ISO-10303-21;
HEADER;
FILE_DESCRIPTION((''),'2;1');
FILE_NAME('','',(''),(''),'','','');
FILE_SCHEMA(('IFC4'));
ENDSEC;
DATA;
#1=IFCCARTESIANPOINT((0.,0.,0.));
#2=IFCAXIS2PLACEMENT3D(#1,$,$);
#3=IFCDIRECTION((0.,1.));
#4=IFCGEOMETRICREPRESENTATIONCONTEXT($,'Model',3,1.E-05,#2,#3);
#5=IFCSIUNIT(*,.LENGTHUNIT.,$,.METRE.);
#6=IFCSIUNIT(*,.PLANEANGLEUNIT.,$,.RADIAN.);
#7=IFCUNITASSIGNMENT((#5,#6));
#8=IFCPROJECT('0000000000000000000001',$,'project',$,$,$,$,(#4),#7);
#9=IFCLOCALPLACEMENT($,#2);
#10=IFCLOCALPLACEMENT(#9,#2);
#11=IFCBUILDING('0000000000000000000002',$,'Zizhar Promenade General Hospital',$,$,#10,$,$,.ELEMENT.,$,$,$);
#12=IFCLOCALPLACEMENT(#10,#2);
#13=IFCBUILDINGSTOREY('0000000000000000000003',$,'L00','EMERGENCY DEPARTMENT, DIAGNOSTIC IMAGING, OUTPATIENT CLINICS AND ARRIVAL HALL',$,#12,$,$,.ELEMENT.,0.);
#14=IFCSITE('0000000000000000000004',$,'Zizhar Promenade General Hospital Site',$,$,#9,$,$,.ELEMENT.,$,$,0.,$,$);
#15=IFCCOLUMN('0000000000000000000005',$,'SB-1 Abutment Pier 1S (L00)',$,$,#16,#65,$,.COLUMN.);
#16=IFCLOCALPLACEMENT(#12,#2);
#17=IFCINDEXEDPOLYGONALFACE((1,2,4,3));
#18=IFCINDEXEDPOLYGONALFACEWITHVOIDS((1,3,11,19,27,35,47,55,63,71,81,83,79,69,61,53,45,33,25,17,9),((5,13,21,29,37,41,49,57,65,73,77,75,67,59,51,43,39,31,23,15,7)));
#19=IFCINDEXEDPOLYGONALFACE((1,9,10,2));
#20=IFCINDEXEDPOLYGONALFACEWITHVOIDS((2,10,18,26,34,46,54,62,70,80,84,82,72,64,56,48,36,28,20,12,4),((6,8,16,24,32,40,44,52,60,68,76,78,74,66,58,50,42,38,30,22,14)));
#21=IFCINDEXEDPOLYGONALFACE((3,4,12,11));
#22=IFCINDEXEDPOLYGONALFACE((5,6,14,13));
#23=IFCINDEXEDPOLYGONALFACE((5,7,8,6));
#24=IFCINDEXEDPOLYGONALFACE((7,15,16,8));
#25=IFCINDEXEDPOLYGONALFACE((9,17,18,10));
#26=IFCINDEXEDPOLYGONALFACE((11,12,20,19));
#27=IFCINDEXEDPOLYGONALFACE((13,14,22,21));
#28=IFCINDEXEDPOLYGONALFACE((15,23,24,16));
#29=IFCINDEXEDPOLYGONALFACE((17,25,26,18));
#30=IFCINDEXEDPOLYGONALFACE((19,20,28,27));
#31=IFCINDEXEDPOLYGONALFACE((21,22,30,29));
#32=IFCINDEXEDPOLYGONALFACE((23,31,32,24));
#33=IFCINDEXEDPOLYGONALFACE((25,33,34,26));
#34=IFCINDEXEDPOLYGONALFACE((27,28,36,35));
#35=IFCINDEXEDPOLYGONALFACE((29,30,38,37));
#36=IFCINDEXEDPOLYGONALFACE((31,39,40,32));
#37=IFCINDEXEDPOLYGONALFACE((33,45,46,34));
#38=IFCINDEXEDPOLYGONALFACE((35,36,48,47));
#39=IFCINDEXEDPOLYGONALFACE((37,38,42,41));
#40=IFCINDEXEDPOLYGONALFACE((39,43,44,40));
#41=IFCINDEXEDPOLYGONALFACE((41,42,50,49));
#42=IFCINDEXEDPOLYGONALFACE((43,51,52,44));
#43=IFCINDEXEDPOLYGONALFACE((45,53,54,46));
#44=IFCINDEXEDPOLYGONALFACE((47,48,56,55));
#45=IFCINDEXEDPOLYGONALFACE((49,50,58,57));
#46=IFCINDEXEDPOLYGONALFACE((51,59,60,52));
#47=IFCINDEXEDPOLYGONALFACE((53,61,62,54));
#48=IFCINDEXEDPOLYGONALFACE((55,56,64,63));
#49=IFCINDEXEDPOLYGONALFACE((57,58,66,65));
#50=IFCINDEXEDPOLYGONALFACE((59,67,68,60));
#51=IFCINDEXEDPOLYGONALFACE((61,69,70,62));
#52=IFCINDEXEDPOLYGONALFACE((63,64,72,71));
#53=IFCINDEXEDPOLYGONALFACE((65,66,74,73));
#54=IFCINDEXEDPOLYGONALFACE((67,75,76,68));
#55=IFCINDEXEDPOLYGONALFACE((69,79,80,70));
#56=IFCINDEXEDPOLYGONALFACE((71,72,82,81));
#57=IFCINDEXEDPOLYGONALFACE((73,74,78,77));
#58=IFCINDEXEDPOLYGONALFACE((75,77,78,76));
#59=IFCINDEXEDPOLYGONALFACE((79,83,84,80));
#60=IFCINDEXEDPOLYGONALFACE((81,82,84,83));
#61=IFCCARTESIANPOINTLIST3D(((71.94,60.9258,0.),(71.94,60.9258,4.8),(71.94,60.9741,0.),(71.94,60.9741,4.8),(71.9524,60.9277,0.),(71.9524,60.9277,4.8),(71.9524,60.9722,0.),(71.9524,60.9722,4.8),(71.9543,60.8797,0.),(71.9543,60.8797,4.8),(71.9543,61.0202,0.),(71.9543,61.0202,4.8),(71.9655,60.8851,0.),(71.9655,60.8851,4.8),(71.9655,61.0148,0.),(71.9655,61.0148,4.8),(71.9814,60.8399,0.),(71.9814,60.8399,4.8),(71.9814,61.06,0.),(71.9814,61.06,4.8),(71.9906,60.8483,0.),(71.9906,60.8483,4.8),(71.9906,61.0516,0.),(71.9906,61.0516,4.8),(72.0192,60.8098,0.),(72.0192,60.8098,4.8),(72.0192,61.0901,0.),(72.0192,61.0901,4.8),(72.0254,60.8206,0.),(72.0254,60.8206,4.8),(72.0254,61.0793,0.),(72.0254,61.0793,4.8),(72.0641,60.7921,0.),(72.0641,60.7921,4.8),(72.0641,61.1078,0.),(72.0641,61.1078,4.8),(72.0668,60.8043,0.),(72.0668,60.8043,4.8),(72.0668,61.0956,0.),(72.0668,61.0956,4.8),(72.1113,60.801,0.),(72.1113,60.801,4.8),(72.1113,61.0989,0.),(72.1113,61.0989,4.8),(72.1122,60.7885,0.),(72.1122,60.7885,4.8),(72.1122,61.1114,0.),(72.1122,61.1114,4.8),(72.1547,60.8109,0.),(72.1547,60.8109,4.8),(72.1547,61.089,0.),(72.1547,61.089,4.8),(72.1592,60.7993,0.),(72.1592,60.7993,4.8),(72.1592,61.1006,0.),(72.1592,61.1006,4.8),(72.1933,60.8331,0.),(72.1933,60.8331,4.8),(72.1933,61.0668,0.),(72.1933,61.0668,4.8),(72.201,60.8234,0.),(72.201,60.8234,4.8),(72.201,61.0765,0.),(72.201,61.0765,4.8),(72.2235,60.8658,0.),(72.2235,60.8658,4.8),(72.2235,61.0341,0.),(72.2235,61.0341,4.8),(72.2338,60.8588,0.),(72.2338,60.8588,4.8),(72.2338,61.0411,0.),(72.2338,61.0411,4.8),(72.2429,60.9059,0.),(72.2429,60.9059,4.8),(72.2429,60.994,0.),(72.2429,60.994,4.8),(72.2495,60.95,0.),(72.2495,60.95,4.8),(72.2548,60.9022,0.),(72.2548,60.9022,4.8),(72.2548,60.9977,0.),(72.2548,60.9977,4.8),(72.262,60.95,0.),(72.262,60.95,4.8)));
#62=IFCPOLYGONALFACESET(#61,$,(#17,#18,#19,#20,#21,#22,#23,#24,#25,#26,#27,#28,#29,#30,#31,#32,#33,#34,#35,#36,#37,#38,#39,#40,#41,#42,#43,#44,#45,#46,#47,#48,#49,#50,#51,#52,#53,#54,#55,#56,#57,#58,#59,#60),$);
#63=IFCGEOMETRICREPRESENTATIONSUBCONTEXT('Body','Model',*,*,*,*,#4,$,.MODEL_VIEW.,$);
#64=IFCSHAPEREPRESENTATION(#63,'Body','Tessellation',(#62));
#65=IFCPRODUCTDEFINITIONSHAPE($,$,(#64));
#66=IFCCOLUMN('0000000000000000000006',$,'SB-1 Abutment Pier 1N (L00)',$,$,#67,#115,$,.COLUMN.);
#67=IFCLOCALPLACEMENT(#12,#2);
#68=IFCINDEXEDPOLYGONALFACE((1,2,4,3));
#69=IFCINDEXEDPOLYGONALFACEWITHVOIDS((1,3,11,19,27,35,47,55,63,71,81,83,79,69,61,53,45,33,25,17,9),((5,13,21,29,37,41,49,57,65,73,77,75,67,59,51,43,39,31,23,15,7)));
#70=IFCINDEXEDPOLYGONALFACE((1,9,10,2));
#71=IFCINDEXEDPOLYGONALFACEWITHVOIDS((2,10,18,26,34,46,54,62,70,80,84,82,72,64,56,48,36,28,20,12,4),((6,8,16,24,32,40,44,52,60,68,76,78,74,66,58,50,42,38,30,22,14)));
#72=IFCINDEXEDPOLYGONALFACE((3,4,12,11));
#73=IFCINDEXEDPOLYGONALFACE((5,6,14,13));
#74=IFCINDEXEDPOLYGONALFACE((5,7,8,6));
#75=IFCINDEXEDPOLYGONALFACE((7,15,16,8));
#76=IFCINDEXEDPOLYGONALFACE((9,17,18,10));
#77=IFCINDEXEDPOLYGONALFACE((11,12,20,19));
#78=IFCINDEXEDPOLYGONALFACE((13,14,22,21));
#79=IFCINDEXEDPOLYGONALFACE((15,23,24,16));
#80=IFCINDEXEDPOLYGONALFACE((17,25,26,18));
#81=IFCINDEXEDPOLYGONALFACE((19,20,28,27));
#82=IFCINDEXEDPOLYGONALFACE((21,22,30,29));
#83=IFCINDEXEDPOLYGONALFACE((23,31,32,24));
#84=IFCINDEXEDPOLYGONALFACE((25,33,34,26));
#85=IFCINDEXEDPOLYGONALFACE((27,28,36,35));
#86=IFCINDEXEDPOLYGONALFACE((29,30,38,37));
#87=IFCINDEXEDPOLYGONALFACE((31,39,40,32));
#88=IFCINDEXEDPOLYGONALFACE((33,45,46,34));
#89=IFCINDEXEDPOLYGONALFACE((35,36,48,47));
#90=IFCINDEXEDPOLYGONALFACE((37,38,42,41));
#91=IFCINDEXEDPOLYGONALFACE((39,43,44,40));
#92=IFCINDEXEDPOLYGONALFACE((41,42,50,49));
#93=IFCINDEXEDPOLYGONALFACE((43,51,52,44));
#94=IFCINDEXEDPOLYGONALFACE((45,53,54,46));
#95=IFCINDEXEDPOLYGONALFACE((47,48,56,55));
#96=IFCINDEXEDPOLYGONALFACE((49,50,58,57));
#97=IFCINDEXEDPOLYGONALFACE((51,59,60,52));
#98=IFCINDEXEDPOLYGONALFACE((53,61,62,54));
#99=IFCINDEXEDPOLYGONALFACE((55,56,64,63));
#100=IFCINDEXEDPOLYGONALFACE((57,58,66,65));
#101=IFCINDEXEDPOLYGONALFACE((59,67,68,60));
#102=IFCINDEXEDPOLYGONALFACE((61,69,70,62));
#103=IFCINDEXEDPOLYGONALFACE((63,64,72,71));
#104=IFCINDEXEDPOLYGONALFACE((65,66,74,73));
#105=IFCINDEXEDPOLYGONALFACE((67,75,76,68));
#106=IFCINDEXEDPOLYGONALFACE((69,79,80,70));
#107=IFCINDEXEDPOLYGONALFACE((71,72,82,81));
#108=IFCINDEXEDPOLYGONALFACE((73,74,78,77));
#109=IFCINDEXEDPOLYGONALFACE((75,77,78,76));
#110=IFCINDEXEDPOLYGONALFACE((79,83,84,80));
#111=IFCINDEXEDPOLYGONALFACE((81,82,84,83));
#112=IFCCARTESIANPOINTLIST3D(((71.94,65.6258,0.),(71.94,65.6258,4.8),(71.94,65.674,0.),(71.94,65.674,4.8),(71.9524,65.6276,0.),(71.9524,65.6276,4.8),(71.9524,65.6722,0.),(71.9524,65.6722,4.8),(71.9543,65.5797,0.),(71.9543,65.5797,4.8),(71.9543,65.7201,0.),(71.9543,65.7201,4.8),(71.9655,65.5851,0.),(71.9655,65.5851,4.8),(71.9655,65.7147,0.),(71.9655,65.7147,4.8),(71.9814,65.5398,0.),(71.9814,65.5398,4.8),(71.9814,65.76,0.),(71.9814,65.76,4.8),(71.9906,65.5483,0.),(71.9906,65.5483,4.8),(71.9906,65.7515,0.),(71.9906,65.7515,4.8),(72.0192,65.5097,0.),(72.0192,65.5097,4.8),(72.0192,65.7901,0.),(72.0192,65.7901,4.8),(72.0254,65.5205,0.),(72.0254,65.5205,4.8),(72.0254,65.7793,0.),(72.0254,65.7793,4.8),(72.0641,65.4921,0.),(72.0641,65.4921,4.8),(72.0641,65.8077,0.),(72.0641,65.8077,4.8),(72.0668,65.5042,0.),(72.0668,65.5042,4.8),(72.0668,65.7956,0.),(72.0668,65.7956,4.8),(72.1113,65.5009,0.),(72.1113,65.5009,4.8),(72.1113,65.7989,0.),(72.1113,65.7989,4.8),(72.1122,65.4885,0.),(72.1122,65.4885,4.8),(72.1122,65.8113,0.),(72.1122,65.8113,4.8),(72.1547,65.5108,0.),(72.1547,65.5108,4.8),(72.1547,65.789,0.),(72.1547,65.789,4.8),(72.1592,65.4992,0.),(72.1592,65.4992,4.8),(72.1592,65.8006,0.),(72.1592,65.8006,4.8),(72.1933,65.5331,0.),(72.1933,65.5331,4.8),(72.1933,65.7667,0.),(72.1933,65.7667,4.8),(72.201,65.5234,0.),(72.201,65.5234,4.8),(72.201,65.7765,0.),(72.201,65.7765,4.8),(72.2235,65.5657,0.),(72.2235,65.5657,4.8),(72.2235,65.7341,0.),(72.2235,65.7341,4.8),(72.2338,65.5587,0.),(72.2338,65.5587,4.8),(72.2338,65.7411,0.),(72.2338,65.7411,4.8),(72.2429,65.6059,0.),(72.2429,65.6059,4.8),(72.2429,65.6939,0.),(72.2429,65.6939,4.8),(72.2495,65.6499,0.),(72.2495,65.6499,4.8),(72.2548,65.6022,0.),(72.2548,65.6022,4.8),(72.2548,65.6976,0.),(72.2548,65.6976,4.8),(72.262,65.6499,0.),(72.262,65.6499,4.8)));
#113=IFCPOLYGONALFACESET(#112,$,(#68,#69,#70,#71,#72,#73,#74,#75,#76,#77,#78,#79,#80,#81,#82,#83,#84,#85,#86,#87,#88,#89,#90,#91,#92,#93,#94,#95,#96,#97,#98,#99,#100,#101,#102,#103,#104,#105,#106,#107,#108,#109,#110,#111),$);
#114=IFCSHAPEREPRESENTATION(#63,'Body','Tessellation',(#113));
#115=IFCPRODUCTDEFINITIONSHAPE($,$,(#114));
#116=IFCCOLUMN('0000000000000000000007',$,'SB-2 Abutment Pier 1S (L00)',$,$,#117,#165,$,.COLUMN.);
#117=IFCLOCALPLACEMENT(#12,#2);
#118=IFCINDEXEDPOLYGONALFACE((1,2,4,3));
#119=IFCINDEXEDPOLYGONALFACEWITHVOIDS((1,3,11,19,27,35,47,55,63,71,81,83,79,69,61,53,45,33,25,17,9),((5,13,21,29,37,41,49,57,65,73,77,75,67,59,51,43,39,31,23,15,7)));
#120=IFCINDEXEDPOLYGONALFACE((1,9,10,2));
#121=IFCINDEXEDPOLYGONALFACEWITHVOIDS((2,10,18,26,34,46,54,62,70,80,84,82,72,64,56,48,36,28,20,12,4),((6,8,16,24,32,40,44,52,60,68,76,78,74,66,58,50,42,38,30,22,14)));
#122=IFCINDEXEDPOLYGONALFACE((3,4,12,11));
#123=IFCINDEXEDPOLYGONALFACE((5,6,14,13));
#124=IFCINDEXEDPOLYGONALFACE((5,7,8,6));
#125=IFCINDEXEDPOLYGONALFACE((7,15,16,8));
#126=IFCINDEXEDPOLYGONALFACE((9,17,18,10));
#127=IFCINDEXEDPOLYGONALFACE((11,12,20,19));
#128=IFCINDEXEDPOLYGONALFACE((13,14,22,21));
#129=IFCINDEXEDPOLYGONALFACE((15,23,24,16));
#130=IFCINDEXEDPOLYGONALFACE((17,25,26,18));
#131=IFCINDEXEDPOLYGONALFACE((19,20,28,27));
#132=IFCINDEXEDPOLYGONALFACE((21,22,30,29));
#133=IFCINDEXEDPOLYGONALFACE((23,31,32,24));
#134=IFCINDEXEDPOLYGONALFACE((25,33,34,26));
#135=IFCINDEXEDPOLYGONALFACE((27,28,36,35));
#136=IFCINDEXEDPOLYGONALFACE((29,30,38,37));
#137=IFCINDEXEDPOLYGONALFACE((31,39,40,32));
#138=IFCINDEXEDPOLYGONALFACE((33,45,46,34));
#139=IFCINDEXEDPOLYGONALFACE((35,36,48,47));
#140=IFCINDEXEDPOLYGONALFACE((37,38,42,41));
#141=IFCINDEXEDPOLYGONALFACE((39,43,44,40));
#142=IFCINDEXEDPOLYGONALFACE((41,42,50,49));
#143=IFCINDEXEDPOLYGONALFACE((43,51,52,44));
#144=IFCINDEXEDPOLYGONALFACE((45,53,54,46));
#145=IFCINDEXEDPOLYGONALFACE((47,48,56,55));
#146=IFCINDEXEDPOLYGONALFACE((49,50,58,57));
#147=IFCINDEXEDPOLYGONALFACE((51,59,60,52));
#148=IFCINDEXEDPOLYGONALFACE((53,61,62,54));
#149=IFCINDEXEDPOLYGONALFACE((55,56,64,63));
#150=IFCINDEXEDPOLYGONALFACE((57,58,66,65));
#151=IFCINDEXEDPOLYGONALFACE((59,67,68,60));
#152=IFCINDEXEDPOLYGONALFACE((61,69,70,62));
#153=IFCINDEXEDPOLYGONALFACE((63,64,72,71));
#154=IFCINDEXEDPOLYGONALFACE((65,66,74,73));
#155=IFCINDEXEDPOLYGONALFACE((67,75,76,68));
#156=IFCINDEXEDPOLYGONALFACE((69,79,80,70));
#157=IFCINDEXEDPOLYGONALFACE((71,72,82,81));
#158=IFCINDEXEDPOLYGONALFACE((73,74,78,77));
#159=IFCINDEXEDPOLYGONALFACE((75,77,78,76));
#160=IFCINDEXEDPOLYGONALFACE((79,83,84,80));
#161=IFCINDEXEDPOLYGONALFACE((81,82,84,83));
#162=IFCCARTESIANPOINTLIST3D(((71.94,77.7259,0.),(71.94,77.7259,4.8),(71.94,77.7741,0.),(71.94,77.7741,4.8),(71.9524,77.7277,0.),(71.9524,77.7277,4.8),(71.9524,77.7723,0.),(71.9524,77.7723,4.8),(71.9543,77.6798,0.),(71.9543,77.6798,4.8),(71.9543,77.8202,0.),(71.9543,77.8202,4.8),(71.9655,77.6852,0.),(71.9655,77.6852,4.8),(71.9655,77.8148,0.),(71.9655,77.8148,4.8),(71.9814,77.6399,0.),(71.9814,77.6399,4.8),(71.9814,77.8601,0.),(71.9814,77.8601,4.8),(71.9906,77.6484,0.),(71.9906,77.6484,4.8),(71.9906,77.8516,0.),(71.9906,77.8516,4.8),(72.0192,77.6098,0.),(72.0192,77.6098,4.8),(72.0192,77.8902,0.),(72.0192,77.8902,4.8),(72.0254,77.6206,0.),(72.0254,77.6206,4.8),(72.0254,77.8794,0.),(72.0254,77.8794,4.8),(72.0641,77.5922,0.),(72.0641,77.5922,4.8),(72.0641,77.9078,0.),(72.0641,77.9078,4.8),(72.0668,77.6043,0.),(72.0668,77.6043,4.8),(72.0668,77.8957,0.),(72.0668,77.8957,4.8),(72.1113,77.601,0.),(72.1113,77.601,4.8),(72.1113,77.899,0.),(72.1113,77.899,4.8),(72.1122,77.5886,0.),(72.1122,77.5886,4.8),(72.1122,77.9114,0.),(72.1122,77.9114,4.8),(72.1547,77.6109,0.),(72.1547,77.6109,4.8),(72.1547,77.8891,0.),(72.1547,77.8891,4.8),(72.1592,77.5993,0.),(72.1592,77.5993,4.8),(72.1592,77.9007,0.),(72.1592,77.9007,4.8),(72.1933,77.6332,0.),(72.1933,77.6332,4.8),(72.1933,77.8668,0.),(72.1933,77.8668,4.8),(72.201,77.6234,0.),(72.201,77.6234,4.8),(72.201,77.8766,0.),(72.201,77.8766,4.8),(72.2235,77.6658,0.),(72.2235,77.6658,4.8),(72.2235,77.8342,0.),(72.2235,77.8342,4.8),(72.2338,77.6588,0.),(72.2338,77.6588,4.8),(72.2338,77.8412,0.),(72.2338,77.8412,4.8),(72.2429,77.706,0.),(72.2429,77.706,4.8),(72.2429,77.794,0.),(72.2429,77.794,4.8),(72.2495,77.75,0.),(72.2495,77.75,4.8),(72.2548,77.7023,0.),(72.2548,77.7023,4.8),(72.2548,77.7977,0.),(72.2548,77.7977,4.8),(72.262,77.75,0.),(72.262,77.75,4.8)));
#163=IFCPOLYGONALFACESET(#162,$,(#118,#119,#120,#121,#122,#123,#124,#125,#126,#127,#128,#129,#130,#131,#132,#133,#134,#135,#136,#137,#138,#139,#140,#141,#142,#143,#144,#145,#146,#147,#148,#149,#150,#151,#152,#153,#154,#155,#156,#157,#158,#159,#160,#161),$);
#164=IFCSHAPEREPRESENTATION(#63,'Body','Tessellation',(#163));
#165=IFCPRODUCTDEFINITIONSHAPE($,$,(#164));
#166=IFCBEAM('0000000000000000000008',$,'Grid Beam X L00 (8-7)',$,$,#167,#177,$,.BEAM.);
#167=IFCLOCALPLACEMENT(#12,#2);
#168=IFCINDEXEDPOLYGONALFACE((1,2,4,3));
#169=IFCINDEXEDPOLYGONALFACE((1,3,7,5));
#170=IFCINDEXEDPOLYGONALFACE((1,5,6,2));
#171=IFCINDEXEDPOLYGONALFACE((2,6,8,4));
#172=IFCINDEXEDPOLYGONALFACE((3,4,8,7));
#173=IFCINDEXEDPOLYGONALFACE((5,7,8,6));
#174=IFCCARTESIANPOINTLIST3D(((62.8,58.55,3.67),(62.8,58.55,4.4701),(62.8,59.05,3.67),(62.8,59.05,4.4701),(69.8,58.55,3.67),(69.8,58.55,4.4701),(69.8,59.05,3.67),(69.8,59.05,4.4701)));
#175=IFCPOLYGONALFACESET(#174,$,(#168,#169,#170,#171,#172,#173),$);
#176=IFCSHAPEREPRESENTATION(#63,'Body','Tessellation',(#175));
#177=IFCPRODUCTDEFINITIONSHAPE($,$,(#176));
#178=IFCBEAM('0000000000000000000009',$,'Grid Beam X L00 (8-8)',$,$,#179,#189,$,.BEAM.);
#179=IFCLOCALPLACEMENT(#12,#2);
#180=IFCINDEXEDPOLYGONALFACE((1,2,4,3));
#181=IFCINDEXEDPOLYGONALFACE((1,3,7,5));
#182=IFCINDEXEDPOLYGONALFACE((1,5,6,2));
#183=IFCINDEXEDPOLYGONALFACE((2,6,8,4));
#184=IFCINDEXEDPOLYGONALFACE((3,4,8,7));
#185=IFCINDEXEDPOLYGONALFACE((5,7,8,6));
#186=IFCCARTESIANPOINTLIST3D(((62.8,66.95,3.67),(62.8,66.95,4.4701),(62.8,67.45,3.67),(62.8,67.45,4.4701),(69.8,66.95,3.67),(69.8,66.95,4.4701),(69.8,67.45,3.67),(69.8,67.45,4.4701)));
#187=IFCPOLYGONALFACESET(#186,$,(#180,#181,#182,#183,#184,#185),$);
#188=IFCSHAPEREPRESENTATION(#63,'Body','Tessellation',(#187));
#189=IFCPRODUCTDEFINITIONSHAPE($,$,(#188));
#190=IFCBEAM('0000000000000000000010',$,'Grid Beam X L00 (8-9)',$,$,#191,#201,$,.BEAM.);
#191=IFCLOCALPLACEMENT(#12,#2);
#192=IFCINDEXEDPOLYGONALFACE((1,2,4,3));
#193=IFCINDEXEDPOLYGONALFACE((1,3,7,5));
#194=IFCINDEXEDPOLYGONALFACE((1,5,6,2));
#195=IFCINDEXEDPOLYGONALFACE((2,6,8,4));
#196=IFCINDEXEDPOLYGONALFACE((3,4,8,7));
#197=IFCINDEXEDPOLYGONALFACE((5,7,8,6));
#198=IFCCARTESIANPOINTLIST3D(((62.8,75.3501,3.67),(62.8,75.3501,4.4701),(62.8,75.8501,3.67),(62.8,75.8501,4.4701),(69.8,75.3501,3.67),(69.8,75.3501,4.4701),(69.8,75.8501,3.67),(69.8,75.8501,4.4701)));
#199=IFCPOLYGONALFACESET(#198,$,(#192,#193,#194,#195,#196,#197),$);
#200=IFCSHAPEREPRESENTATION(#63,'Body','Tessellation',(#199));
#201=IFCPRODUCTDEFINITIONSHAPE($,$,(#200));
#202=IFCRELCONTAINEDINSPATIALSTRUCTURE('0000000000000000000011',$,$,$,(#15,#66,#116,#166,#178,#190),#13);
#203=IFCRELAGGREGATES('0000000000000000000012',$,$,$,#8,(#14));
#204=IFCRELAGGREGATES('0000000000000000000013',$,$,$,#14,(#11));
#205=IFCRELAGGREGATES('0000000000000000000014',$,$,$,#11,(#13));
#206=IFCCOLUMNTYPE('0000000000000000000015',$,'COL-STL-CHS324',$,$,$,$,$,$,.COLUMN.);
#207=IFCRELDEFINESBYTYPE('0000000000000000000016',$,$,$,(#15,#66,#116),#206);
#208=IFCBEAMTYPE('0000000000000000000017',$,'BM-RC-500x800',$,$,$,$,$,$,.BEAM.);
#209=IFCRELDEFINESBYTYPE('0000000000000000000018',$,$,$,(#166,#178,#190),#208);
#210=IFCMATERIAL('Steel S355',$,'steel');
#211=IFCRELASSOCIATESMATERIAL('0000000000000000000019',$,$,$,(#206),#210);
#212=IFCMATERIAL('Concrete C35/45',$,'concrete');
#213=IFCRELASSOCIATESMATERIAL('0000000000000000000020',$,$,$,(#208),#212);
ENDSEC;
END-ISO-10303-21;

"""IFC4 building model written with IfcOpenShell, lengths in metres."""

from ifc_helpers import new_model, si_unit, direction, frame, origin, origin_2d, place, context, subcontext, project, spatial, rectangle, hollow_circle, extrude, material, material_profile, profile_set, type_object, element, save


model = new_model("IFC4")

# Units and contexts
model_context = context("Model", 3, precision=1e-05, world=origin(), true_north=direction((0.0, 1.0)))
body_context = subcontext(model_context, "Body", "Model", "MODEL_VIEW")
ifc_project = project(units=[si_unit("LENGTHUNIT", "METRE"), si_unit("PLANEANGLEUNIT", "RADIAN")], contexts=[model_context])

# Site, building, storey
site_placement = place(None, origin())
site = spatial("IfcSite", under=ifc_project, at=site_placement, Name="Zizhar Promenade General Hospital Site", CompositionType="ELEMENT", RefElevation=0.0)
building_placement = place(site_placement, origin())
building = spatial("IfcBuilding", under=site, at=building_placement, Name="Zizhar Promenade General Hospital", CompositionType="ELEMENT")
storey_placement = place(building_placement, origin())
storey = spatial("IfcBuildingStorey", under=building, at=storey_placement, Name="L00", Description="EMERGENCY DEPARTMENT, DIAGNOSTIC IMAGING, OUTPATIENT CLINICS AND ARRIVAL HALL", CompositionType="ELEMENT", Elevation=0.0)

# Columns
ifc_material_1 = material(Name="Steel S355", Category="steel")
ifc_material_profile_1 = material_profile(ifc_material_1, hollow_circle(Radius=0.1619, WallThickness=0.0125, at=origin_2d()))
ifc_profile_set_1 = profile_set([ifc_material_profile_1], Name="Steel S355")
column_type_1 = type_object("IfcColumnType", Name="COL-STL-CHS324", PredefinedType="COLUMN", material=ifc_profile_set_1)
for number, where, z_axis, x_axis, name in (
    (1, (72.1001, 60.95, 0.0), (0.0, 0.0, 1.0), (1.0, 0.0, 0.0), "SB-1 Abutment Pier 1S (L00)"),
    (2, (72.1001, 65.6499, 0.0), (0.0, 0.0, 1.0), (1.0, 0.0, 0.0), "SB-1 Abutment Pier 1N (L00)"),
    (3, (72.1001, 77.75, 0.0), (0.0, 0.0, 1.0), (1.0, 0.0, 0.0), "SB-2 Abutment Pier 1S (L00)"),
):
    element("IfcColumn", number, at=place(storey_placement, frame(where, z_axis=z_axis, x_axis=x_axis)), inside=storey, type_object=column_type_1, Name=name, PredefinedType="COLUMN", context=body_context, shape_type="SweptSolid", body=[
        extrude(hollow_circle(Radius=0.1619, WallThickness=0.0125, at=origin_2d()), origin(), (0.0, 0.0, 1.0), 4.8),
    ])

# Beams
ifc_material_2 = material(Name="Concrete C35/45", Category="concrete")
ifc_material_profile_2 = material_profile(ifc_material_2, rectangle(XDim=0.5, YDim=0.8, at=origin_2d()))
ifc_profile_set_2 = profile_set([ifc_material_profile_2], Name="Concrete C35/45")
beam_type_1 = type_object("IfcBeamType", Name="BM-RC-500x800", PredefinedType="BEAM", material=ifc_profile_set_2)
for number, where, z_axis, x_axis, name in (
    (4, (62.8, 58.8, 4.0701), (1.0, 0.0, 0.0), (0.0, 1.0, 0.0), "Grid Beam X L00 (8-7)"),
    (5, (62.8, 67.2, 4.0701), (1.0, 0.0, 0.0), (0.0, 1.0, 0.0), "Grid Beam X L00 (8-8)"),
    (6, (62.8, 75.6001, 4.0701), (1.0, 0.0, 0.0), (0.0, 1.0, 0.0), "Grid Beam X L00 (8-9)"),
):
    element("IfcBeam", number, at=place(storey_placement, frame(where, z_axis=z_axis, x_axis=x_axis)), inside=storey, type_object=beam_type_1, Name=name, PredefinedType="BEAM", context=body_context, shape_type="SweptSolid", body=[
        extrude(rectangle(XDim=0.5, YDim=0.8, at=origin_2d()), origin(), (0.0, 0.0, 1.0), 7.0),
    ])

save(model, "model.ifc")
